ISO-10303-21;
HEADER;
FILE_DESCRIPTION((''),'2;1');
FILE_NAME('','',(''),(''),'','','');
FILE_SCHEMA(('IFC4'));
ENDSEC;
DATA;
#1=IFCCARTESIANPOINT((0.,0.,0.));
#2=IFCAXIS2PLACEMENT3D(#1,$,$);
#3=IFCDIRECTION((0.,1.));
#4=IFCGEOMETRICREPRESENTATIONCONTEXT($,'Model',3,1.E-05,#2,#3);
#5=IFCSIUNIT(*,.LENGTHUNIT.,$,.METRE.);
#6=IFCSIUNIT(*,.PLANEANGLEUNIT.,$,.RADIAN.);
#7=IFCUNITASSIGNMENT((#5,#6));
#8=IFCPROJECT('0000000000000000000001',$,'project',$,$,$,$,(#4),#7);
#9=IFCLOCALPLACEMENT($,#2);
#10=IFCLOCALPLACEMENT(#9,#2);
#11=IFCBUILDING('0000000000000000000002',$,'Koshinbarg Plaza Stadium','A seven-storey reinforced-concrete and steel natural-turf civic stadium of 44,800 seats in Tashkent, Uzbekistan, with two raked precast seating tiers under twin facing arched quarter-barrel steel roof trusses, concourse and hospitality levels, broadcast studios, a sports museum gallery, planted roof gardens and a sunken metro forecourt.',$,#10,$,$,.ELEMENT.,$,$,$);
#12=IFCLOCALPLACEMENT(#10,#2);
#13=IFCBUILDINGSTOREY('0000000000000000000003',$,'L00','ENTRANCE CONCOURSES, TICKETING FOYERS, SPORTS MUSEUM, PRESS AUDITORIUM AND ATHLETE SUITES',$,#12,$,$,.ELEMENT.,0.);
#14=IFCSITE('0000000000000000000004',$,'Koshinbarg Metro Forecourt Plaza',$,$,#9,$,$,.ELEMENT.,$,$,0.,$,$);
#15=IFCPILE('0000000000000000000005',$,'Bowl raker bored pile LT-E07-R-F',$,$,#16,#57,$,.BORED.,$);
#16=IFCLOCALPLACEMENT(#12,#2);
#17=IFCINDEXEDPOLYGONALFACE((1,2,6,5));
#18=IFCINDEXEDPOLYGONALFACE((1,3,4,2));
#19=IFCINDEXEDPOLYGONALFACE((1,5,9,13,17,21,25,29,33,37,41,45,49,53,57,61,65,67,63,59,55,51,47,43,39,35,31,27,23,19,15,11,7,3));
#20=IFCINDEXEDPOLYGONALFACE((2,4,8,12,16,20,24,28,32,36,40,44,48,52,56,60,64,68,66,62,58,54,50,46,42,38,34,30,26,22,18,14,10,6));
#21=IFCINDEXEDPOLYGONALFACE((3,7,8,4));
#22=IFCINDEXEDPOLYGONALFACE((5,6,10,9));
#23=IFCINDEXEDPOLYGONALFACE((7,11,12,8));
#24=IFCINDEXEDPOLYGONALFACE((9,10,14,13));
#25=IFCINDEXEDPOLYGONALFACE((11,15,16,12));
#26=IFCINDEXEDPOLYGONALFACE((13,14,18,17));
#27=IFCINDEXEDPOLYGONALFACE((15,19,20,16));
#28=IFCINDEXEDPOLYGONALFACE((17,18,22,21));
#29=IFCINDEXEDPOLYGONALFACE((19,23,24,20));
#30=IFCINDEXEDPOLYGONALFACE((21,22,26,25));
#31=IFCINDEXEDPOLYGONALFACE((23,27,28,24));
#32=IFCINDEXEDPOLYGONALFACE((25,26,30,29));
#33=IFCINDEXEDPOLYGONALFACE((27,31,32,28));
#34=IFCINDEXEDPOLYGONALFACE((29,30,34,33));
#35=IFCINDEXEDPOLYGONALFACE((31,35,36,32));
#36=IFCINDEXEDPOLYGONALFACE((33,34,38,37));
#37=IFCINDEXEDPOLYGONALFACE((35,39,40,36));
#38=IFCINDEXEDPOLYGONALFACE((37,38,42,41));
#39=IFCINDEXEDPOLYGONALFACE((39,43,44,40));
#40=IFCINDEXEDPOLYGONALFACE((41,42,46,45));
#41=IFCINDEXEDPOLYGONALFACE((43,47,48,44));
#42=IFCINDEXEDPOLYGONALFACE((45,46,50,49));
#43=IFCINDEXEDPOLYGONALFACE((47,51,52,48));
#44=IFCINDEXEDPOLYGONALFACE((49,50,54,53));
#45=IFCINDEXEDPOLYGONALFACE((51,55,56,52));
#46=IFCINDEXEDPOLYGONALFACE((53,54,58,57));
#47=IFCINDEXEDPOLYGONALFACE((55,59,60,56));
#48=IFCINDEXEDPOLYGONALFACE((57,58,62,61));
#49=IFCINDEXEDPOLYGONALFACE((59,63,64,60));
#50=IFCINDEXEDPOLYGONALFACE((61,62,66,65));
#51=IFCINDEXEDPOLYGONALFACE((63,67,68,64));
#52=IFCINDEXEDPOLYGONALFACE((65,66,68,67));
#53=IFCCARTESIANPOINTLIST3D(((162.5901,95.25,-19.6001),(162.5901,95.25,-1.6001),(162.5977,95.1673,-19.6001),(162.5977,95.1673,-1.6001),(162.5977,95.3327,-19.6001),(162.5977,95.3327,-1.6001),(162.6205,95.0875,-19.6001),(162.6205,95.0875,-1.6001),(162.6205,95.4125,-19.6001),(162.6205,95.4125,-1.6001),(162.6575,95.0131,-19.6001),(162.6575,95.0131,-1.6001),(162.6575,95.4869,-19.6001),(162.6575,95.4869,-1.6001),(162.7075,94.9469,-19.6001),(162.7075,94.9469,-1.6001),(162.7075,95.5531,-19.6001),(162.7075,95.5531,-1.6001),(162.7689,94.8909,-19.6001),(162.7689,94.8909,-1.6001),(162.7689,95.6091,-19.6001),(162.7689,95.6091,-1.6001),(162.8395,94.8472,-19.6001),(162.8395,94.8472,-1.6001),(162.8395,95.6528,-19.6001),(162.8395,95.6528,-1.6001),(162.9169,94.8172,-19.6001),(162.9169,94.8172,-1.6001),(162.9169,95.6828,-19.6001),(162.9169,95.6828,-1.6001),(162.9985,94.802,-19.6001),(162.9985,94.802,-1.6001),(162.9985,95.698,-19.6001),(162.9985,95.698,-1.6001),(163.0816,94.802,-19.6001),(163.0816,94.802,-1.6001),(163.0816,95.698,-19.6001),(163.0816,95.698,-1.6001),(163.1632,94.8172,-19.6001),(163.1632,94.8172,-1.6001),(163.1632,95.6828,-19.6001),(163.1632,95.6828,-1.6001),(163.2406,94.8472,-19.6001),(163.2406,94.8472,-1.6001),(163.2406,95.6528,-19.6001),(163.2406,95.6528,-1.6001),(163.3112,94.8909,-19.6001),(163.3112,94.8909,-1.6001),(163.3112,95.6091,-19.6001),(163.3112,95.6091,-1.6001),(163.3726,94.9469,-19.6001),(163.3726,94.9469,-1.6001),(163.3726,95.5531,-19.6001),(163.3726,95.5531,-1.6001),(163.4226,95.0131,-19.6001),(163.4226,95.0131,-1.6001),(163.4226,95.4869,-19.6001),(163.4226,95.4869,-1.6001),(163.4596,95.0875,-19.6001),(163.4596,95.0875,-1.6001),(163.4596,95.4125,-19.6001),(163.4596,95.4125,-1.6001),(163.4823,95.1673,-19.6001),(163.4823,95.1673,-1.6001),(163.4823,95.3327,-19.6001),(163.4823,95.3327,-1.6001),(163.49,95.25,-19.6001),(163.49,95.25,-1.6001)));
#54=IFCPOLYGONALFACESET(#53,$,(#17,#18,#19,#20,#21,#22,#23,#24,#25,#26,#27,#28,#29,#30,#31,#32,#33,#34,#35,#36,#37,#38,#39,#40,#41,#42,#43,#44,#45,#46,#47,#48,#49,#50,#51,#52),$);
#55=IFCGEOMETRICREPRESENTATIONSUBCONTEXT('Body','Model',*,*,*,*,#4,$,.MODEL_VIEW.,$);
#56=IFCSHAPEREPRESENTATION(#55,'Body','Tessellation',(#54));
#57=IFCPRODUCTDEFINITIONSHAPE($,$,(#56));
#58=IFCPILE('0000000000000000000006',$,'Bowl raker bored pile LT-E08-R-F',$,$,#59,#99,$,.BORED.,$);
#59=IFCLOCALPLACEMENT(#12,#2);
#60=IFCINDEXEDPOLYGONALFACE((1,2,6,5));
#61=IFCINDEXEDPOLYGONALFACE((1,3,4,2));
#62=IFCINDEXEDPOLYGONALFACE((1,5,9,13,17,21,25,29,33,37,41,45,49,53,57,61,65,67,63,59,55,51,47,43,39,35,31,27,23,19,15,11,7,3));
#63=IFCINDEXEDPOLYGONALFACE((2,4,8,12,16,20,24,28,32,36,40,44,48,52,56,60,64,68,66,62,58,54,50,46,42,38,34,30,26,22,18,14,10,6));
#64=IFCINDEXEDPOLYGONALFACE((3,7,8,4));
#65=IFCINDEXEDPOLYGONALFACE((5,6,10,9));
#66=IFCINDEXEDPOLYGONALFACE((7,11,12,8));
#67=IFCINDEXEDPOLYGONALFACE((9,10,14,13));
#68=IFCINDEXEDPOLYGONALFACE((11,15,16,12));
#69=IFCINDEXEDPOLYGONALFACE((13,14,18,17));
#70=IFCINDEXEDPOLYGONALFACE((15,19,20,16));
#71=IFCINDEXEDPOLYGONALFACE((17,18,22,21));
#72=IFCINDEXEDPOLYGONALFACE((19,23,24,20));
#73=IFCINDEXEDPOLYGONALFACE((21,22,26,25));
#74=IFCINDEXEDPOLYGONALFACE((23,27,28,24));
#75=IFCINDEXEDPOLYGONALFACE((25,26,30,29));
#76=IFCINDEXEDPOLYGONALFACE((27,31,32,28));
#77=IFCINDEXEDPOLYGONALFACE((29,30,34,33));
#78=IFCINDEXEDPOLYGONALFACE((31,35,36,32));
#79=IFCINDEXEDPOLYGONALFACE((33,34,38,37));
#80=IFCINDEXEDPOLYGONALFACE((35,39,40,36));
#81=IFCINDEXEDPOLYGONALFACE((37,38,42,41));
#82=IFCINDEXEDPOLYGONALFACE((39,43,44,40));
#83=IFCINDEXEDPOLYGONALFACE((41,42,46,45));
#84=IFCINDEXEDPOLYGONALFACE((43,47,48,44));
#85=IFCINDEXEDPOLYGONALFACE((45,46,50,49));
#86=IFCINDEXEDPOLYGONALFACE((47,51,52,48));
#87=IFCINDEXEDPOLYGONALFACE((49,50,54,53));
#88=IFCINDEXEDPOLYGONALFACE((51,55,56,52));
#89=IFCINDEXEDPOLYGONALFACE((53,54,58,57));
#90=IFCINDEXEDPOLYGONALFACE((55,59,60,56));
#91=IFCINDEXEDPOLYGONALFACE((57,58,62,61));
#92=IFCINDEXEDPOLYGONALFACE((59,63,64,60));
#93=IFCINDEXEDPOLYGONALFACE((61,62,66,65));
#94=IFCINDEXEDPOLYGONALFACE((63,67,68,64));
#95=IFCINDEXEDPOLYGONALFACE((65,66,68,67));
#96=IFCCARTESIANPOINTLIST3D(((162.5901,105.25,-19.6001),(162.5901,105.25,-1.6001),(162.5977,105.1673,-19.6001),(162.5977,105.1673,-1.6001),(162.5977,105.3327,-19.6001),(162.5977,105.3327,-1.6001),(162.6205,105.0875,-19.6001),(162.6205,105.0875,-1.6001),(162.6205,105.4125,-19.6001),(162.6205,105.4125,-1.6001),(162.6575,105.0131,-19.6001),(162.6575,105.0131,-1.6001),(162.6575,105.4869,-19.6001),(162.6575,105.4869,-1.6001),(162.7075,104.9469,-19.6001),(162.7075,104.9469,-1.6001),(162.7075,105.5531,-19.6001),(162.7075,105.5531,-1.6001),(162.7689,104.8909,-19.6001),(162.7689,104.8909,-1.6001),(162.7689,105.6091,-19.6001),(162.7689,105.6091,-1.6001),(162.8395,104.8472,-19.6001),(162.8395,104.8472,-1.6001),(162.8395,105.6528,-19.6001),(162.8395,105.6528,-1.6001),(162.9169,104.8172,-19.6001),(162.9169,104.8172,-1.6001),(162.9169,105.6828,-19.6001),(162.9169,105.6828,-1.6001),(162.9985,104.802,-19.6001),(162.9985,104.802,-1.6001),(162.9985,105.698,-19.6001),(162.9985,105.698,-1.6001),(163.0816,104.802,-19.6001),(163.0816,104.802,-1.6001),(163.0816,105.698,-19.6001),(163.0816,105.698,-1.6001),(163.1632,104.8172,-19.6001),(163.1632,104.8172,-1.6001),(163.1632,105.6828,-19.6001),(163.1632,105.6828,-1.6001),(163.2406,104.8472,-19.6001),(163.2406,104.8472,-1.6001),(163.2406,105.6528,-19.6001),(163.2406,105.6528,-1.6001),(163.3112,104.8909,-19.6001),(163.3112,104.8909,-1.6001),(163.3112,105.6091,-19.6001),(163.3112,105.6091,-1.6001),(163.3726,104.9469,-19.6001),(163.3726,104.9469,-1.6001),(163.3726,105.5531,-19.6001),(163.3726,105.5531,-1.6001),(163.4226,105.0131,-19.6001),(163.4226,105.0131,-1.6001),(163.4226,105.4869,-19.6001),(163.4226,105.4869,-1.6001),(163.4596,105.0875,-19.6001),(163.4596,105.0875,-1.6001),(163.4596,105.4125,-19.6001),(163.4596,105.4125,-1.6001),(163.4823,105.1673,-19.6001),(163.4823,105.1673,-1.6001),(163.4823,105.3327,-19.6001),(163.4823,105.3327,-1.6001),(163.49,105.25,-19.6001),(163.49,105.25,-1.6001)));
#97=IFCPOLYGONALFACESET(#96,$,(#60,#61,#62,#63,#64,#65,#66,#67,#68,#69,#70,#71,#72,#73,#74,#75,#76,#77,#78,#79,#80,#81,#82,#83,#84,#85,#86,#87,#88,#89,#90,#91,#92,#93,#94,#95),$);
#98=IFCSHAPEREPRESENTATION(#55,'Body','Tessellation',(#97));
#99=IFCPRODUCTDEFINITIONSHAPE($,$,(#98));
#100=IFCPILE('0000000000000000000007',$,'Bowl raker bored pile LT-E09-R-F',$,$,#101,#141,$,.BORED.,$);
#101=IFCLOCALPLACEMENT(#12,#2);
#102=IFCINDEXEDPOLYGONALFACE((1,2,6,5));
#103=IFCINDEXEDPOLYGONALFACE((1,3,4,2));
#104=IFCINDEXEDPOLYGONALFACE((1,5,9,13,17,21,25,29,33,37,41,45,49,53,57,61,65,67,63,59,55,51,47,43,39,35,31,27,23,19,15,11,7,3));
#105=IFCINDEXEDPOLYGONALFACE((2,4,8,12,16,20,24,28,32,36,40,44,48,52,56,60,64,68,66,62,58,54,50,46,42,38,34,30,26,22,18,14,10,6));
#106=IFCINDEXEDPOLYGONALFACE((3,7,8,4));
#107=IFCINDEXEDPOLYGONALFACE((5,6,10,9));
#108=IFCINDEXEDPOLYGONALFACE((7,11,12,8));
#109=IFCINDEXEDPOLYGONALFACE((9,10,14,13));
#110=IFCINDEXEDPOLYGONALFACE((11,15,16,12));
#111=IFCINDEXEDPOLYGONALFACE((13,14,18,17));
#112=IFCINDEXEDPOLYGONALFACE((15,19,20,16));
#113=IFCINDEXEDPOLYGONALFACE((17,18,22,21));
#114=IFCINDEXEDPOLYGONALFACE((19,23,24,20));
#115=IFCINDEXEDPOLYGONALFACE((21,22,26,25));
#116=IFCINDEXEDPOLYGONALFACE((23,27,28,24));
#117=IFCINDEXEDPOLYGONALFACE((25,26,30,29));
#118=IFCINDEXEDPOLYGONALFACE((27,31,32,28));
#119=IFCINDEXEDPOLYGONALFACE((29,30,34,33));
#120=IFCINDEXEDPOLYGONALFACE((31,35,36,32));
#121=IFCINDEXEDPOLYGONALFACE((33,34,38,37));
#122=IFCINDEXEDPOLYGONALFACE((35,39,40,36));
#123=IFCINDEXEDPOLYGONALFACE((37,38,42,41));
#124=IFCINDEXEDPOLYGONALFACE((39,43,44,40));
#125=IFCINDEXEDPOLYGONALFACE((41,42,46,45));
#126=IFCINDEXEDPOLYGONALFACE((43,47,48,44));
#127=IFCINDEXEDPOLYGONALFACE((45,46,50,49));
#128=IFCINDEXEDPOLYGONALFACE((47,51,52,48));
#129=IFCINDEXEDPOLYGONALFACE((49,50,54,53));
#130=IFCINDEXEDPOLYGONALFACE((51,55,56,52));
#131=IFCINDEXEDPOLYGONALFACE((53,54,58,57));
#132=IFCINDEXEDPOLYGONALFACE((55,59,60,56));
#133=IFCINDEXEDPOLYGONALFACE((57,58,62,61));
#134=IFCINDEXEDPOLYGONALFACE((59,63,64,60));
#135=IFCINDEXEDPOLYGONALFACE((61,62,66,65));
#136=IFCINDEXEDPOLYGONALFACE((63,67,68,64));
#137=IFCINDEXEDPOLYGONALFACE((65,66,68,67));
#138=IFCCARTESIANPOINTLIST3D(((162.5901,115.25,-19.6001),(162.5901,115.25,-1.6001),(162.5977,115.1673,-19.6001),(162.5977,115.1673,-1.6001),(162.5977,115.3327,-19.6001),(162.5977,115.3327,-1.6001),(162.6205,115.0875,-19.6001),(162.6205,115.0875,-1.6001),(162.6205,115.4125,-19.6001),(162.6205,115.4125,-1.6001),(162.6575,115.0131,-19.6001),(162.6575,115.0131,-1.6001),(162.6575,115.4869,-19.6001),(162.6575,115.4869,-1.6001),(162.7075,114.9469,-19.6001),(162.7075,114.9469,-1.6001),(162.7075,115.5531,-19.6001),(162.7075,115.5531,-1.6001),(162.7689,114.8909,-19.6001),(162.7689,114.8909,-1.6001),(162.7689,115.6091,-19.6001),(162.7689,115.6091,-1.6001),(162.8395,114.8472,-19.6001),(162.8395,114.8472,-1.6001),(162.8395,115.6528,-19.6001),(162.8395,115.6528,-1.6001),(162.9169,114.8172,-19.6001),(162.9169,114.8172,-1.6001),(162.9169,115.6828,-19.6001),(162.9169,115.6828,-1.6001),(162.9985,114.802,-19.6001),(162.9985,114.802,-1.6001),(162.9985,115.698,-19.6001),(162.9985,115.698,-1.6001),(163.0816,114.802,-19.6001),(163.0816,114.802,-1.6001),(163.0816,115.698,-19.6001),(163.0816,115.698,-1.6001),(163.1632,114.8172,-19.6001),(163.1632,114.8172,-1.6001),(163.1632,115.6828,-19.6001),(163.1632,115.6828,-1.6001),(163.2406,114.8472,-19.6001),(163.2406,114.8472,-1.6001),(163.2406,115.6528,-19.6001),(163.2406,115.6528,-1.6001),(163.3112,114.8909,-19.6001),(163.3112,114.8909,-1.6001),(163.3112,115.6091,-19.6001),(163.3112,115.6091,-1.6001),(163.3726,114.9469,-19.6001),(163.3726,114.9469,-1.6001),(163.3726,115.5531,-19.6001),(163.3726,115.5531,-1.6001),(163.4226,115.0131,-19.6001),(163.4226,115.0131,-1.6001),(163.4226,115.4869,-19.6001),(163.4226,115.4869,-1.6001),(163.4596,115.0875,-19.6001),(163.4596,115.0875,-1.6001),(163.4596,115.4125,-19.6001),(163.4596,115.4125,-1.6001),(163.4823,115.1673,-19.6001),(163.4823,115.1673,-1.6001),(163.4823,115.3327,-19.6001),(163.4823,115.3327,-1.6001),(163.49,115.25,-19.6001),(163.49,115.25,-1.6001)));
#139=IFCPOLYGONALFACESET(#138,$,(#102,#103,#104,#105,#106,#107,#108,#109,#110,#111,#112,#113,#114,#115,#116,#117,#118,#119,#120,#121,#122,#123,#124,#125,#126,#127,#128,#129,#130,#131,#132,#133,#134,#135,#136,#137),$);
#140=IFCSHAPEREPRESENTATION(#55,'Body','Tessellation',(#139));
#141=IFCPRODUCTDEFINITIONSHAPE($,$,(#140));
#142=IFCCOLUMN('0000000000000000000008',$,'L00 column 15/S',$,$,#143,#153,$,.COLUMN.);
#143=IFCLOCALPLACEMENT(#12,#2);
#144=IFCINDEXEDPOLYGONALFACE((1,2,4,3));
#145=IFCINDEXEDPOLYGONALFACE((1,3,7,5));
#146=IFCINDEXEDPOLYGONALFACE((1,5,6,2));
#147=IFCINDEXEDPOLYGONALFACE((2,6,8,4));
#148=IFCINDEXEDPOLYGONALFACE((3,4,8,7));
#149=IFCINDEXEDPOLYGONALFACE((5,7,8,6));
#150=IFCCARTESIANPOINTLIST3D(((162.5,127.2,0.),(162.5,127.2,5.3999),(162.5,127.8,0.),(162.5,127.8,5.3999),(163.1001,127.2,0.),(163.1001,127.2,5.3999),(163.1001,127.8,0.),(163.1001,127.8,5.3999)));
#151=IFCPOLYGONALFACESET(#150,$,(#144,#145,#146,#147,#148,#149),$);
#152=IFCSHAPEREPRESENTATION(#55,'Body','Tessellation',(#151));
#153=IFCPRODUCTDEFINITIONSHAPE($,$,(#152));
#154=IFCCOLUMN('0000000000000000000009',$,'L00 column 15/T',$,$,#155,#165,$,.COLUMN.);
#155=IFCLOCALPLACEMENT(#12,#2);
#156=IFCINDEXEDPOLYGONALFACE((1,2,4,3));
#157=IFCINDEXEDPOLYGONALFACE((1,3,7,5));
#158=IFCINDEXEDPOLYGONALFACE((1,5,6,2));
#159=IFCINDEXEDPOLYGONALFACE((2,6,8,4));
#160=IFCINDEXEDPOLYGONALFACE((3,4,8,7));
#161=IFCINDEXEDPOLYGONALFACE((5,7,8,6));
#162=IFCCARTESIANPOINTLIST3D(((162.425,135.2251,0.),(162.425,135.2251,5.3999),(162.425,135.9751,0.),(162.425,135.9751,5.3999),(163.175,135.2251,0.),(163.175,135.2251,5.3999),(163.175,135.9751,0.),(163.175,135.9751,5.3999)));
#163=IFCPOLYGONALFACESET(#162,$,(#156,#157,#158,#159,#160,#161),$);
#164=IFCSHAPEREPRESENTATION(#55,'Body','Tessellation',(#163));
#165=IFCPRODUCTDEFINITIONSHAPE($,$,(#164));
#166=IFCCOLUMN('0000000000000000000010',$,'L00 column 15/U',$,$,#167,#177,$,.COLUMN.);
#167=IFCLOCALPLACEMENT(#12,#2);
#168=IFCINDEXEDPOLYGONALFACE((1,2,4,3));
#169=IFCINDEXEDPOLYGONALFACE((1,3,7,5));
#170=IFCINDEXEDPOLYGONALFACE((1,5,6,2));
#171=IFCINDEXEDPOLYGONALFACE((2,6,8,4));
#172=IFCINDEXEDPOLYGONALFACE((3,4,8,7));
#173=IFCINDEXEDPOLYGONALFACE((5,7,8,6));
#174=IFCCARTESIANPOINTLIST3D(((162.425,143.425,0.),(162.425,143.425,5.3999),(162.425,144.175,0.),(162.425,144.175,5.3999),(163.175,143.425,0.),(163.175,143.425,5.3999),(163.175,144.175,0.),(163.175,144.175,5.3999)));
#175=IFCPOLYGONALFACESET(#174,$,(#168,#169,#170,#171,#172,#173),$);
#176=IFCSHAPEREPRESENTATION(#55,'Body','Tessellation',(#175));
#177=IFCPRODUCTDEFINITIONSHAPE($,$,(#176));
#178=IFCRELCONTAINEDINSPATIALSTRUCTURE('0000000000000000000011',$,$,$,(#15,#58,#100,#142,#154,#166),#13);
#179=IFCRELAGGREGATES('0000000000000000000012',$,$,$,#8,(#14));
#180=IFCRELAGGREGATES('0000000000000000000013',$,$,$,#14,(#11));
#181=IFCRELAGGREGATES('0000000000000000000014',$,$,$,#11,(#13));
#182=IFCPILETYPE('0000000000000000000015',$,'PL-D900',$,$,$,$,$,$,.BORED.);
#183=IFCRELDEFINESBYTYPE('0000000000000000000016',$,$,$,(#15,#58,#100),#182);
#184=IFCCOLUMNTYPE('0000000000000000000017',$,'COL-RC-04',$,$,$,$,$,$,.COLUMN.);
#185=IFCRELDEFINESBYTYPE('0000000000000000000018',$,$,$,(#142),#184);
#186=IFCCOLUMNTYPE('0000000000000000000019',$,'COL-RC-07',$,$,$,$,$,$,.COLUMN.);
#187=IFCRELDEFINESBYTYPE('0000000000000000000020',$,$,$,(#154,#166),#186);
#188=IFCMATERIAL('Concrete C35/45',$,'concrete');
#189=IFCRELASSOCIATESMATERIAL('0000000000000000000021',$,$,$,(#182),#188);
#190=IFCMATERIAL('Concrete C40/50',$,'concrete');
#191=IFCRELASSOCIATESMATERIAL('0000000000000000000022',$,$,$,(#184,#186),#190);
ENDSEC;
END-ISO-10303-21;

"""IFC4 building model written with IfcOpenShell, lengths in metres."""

from ifc_helpers import new_model, si_unit, direction, frame, origin, origin_2d, place, context, subcontext, project, spatial, rectangle, circle, extrude, material, material_profile, profile_set, type_object, element, save


model = new_model("IFC4")

# Units and contexts
model_context = context("Model", 3, precision=1e-05, world=origin(), true_north=direction((0.0, 1.0)))
body_context = subcontext(model_context, "Body", "Model", "MODEL_VIEW")
ifc_project = project(units=[si_unit("LENGTHUNIT", "METRE"), si_unit("PLANEANGLEUNIT", "RADIAN")], contexts=[model_context])

# Site, building, storey
site_placement = place(None, origin())
site = spatial("IfcSite", under=ifc_project, at=site_placement, Name="Koshinbarg Metro Forecourt Plaza", CompositionType="ELEMENT", RefElevation=0.0)
building_placement = place(site_placement, origin())
building = spatial("IfcBuilding", under=site, at=building_placement, Name="Koshinbarg Plaza Stadium", Description="A seven-storey reinforced-concrete and steel natural-turf civic stadium of 44,800 seats in Tashkent, Uzbekistan, with two raked precast seating tiers under twin facing arched quarter-barrel steel roof trusses, concourse and hospitality levels, broadcast studios, a sports museum gallery, planted roof gardens and a sunken metro forecourt.", CompositionType="ELEMENT")
storey_placement = place(building_placement, origin())
storey = spatial("IfcBuildingStorey", under=building, at=storey_placement, Name="L00", Description="ENTRANCE CONCOURSES, TICKETING FOYERS, SPORTS MUSEUM, PRESS AUDITORIUM AND ATHLETE SUITES", CompositionType="ELEMENT", Elevation=0.0)

# Shared definitions
ifc_material_1 = material(Name="Concrete C35/45", Category="concrete")

# Piles
ifc_material_profile_1 = material_profile(ifc_material_1, circle(Radius=0.45, at=origin_2d()), Name="PILE D900")
ifc_profile_set_1 = profile_set([ifc_material_profile_1], Name="Concrete C35/45")
pile_type_1 = type_object("IfcPileType", Name="PL-D900", PredefinedType="BORED", material=ifc_profile_set_1)
for number, where, z_axis, x_axis, name in (
    (1, (163.04, 95.25, -1.6001), (0.0, 0.0, -1.0), (1.0, 0.0, 0.0), "Bowl raker bored pile LT-E07-R-F"),
    (2, (163.04, 105.25, -1.6001), (0.0, 0.0, -1.0), (1.0, 0.0, 0.0), "Bowl raker bored pile LT-E08-R-F"),
    (3, (163.04, 115.25, -1.6001), (0.0, 0.0, -1.0), (1.0, 0.0, 0.0), "Bowl raker bored pile LT-E09-R-F"),
):
    element("IfcPile", number, at=place(storey_placement, frame(where, z_axis=z_axis, x_axis=x_axis)), inside=storey, type_object=pile_type_1, Name=name, PredefinedType="BORED", context=body_context, shape_type="SweptSolid", body=[
        extrude(circle(Radius=0.45, at=origin_2d()), origin(), (0.0, 0.0, 1.0), 18.0),
    ])

# Columns
ifc_material_2 = material(Name="Concrete C40/50", Category="concrete")
ifc_material_profile_2 = material_profile(ifc_material_2, rectangle(XDim=0.6001, YDim=0.6001, at=origin_2d()), Name="RC 600x600")
ifc_profile_set_2 = profile_set([ifc_material_profile_2], Name="Concrete C40/50")
column_type_1 = type_object("IfcColumnType", Name="COL-RC-04", PredefinedType="COLUMN", material=ifc_profile_set_2)
column_placement = place(storey_placement, frame((162.8, 127.5, 0.0), z_axis=(0.0, 0.0, 1.0), x_axis=(1.0, 0.0, 0.0)))
element("IfcColumn", 4, at=column_placement, inside=storey, type_object=column_type_1, Name="L00 column 15/S", PredefinedType="COLUMN", context=body_context, shape_type="SweptSolid", body=[
    extrude(rectangle(XDim=0.6001, YDim=0.6001, at=origin_2d()), origin(), (0.0, 0.0, 1.0), 5.3999),
])
ifc_material_profile_3 = material_profile(ifc_material_2, rectangle(XDim=0.75, YDim=0.75, at=origin_2d()), Name="RC 750x750")
ifc_profile_set_3 = profile_set([ifc_material_profile_3], Name="Concrete C40/50")
column_type_2 = type_object("IfcColumnType", Name="COL-RC-07", PredefinedType="COLUMN", material=ifc_profile_set_3)
for number, where, z_axis, x_axis, name in (
    (5, (162.8, 135.6001, 0.0), (0.0, 0.0, 1.0), (1.0, 0.0, 0.0), "L00 column 15/T"),
    (6, (162.8, 143.8, 0.0), (0.0, 0.0, 1.0), (1.0, 0.0, 0.0), "L00 column 15/U"),
):
    element("IfcColumn", number, at=place(storey_placement, frame(where, z_axis=z_axis, x_axis=x_axis)), inside=storey, type_object=column_type_2, Name=name, PredefinedType="COLUMN", context=body_context, shape_type="SweptSolid", body=[
        extrude(rectangle(XDim=0.75, YDim=0.75, at=origin_2d()), origin(), (0.0, 0.0, 1.0), 5.3999),
    ])

save(model, "model.ifc")
